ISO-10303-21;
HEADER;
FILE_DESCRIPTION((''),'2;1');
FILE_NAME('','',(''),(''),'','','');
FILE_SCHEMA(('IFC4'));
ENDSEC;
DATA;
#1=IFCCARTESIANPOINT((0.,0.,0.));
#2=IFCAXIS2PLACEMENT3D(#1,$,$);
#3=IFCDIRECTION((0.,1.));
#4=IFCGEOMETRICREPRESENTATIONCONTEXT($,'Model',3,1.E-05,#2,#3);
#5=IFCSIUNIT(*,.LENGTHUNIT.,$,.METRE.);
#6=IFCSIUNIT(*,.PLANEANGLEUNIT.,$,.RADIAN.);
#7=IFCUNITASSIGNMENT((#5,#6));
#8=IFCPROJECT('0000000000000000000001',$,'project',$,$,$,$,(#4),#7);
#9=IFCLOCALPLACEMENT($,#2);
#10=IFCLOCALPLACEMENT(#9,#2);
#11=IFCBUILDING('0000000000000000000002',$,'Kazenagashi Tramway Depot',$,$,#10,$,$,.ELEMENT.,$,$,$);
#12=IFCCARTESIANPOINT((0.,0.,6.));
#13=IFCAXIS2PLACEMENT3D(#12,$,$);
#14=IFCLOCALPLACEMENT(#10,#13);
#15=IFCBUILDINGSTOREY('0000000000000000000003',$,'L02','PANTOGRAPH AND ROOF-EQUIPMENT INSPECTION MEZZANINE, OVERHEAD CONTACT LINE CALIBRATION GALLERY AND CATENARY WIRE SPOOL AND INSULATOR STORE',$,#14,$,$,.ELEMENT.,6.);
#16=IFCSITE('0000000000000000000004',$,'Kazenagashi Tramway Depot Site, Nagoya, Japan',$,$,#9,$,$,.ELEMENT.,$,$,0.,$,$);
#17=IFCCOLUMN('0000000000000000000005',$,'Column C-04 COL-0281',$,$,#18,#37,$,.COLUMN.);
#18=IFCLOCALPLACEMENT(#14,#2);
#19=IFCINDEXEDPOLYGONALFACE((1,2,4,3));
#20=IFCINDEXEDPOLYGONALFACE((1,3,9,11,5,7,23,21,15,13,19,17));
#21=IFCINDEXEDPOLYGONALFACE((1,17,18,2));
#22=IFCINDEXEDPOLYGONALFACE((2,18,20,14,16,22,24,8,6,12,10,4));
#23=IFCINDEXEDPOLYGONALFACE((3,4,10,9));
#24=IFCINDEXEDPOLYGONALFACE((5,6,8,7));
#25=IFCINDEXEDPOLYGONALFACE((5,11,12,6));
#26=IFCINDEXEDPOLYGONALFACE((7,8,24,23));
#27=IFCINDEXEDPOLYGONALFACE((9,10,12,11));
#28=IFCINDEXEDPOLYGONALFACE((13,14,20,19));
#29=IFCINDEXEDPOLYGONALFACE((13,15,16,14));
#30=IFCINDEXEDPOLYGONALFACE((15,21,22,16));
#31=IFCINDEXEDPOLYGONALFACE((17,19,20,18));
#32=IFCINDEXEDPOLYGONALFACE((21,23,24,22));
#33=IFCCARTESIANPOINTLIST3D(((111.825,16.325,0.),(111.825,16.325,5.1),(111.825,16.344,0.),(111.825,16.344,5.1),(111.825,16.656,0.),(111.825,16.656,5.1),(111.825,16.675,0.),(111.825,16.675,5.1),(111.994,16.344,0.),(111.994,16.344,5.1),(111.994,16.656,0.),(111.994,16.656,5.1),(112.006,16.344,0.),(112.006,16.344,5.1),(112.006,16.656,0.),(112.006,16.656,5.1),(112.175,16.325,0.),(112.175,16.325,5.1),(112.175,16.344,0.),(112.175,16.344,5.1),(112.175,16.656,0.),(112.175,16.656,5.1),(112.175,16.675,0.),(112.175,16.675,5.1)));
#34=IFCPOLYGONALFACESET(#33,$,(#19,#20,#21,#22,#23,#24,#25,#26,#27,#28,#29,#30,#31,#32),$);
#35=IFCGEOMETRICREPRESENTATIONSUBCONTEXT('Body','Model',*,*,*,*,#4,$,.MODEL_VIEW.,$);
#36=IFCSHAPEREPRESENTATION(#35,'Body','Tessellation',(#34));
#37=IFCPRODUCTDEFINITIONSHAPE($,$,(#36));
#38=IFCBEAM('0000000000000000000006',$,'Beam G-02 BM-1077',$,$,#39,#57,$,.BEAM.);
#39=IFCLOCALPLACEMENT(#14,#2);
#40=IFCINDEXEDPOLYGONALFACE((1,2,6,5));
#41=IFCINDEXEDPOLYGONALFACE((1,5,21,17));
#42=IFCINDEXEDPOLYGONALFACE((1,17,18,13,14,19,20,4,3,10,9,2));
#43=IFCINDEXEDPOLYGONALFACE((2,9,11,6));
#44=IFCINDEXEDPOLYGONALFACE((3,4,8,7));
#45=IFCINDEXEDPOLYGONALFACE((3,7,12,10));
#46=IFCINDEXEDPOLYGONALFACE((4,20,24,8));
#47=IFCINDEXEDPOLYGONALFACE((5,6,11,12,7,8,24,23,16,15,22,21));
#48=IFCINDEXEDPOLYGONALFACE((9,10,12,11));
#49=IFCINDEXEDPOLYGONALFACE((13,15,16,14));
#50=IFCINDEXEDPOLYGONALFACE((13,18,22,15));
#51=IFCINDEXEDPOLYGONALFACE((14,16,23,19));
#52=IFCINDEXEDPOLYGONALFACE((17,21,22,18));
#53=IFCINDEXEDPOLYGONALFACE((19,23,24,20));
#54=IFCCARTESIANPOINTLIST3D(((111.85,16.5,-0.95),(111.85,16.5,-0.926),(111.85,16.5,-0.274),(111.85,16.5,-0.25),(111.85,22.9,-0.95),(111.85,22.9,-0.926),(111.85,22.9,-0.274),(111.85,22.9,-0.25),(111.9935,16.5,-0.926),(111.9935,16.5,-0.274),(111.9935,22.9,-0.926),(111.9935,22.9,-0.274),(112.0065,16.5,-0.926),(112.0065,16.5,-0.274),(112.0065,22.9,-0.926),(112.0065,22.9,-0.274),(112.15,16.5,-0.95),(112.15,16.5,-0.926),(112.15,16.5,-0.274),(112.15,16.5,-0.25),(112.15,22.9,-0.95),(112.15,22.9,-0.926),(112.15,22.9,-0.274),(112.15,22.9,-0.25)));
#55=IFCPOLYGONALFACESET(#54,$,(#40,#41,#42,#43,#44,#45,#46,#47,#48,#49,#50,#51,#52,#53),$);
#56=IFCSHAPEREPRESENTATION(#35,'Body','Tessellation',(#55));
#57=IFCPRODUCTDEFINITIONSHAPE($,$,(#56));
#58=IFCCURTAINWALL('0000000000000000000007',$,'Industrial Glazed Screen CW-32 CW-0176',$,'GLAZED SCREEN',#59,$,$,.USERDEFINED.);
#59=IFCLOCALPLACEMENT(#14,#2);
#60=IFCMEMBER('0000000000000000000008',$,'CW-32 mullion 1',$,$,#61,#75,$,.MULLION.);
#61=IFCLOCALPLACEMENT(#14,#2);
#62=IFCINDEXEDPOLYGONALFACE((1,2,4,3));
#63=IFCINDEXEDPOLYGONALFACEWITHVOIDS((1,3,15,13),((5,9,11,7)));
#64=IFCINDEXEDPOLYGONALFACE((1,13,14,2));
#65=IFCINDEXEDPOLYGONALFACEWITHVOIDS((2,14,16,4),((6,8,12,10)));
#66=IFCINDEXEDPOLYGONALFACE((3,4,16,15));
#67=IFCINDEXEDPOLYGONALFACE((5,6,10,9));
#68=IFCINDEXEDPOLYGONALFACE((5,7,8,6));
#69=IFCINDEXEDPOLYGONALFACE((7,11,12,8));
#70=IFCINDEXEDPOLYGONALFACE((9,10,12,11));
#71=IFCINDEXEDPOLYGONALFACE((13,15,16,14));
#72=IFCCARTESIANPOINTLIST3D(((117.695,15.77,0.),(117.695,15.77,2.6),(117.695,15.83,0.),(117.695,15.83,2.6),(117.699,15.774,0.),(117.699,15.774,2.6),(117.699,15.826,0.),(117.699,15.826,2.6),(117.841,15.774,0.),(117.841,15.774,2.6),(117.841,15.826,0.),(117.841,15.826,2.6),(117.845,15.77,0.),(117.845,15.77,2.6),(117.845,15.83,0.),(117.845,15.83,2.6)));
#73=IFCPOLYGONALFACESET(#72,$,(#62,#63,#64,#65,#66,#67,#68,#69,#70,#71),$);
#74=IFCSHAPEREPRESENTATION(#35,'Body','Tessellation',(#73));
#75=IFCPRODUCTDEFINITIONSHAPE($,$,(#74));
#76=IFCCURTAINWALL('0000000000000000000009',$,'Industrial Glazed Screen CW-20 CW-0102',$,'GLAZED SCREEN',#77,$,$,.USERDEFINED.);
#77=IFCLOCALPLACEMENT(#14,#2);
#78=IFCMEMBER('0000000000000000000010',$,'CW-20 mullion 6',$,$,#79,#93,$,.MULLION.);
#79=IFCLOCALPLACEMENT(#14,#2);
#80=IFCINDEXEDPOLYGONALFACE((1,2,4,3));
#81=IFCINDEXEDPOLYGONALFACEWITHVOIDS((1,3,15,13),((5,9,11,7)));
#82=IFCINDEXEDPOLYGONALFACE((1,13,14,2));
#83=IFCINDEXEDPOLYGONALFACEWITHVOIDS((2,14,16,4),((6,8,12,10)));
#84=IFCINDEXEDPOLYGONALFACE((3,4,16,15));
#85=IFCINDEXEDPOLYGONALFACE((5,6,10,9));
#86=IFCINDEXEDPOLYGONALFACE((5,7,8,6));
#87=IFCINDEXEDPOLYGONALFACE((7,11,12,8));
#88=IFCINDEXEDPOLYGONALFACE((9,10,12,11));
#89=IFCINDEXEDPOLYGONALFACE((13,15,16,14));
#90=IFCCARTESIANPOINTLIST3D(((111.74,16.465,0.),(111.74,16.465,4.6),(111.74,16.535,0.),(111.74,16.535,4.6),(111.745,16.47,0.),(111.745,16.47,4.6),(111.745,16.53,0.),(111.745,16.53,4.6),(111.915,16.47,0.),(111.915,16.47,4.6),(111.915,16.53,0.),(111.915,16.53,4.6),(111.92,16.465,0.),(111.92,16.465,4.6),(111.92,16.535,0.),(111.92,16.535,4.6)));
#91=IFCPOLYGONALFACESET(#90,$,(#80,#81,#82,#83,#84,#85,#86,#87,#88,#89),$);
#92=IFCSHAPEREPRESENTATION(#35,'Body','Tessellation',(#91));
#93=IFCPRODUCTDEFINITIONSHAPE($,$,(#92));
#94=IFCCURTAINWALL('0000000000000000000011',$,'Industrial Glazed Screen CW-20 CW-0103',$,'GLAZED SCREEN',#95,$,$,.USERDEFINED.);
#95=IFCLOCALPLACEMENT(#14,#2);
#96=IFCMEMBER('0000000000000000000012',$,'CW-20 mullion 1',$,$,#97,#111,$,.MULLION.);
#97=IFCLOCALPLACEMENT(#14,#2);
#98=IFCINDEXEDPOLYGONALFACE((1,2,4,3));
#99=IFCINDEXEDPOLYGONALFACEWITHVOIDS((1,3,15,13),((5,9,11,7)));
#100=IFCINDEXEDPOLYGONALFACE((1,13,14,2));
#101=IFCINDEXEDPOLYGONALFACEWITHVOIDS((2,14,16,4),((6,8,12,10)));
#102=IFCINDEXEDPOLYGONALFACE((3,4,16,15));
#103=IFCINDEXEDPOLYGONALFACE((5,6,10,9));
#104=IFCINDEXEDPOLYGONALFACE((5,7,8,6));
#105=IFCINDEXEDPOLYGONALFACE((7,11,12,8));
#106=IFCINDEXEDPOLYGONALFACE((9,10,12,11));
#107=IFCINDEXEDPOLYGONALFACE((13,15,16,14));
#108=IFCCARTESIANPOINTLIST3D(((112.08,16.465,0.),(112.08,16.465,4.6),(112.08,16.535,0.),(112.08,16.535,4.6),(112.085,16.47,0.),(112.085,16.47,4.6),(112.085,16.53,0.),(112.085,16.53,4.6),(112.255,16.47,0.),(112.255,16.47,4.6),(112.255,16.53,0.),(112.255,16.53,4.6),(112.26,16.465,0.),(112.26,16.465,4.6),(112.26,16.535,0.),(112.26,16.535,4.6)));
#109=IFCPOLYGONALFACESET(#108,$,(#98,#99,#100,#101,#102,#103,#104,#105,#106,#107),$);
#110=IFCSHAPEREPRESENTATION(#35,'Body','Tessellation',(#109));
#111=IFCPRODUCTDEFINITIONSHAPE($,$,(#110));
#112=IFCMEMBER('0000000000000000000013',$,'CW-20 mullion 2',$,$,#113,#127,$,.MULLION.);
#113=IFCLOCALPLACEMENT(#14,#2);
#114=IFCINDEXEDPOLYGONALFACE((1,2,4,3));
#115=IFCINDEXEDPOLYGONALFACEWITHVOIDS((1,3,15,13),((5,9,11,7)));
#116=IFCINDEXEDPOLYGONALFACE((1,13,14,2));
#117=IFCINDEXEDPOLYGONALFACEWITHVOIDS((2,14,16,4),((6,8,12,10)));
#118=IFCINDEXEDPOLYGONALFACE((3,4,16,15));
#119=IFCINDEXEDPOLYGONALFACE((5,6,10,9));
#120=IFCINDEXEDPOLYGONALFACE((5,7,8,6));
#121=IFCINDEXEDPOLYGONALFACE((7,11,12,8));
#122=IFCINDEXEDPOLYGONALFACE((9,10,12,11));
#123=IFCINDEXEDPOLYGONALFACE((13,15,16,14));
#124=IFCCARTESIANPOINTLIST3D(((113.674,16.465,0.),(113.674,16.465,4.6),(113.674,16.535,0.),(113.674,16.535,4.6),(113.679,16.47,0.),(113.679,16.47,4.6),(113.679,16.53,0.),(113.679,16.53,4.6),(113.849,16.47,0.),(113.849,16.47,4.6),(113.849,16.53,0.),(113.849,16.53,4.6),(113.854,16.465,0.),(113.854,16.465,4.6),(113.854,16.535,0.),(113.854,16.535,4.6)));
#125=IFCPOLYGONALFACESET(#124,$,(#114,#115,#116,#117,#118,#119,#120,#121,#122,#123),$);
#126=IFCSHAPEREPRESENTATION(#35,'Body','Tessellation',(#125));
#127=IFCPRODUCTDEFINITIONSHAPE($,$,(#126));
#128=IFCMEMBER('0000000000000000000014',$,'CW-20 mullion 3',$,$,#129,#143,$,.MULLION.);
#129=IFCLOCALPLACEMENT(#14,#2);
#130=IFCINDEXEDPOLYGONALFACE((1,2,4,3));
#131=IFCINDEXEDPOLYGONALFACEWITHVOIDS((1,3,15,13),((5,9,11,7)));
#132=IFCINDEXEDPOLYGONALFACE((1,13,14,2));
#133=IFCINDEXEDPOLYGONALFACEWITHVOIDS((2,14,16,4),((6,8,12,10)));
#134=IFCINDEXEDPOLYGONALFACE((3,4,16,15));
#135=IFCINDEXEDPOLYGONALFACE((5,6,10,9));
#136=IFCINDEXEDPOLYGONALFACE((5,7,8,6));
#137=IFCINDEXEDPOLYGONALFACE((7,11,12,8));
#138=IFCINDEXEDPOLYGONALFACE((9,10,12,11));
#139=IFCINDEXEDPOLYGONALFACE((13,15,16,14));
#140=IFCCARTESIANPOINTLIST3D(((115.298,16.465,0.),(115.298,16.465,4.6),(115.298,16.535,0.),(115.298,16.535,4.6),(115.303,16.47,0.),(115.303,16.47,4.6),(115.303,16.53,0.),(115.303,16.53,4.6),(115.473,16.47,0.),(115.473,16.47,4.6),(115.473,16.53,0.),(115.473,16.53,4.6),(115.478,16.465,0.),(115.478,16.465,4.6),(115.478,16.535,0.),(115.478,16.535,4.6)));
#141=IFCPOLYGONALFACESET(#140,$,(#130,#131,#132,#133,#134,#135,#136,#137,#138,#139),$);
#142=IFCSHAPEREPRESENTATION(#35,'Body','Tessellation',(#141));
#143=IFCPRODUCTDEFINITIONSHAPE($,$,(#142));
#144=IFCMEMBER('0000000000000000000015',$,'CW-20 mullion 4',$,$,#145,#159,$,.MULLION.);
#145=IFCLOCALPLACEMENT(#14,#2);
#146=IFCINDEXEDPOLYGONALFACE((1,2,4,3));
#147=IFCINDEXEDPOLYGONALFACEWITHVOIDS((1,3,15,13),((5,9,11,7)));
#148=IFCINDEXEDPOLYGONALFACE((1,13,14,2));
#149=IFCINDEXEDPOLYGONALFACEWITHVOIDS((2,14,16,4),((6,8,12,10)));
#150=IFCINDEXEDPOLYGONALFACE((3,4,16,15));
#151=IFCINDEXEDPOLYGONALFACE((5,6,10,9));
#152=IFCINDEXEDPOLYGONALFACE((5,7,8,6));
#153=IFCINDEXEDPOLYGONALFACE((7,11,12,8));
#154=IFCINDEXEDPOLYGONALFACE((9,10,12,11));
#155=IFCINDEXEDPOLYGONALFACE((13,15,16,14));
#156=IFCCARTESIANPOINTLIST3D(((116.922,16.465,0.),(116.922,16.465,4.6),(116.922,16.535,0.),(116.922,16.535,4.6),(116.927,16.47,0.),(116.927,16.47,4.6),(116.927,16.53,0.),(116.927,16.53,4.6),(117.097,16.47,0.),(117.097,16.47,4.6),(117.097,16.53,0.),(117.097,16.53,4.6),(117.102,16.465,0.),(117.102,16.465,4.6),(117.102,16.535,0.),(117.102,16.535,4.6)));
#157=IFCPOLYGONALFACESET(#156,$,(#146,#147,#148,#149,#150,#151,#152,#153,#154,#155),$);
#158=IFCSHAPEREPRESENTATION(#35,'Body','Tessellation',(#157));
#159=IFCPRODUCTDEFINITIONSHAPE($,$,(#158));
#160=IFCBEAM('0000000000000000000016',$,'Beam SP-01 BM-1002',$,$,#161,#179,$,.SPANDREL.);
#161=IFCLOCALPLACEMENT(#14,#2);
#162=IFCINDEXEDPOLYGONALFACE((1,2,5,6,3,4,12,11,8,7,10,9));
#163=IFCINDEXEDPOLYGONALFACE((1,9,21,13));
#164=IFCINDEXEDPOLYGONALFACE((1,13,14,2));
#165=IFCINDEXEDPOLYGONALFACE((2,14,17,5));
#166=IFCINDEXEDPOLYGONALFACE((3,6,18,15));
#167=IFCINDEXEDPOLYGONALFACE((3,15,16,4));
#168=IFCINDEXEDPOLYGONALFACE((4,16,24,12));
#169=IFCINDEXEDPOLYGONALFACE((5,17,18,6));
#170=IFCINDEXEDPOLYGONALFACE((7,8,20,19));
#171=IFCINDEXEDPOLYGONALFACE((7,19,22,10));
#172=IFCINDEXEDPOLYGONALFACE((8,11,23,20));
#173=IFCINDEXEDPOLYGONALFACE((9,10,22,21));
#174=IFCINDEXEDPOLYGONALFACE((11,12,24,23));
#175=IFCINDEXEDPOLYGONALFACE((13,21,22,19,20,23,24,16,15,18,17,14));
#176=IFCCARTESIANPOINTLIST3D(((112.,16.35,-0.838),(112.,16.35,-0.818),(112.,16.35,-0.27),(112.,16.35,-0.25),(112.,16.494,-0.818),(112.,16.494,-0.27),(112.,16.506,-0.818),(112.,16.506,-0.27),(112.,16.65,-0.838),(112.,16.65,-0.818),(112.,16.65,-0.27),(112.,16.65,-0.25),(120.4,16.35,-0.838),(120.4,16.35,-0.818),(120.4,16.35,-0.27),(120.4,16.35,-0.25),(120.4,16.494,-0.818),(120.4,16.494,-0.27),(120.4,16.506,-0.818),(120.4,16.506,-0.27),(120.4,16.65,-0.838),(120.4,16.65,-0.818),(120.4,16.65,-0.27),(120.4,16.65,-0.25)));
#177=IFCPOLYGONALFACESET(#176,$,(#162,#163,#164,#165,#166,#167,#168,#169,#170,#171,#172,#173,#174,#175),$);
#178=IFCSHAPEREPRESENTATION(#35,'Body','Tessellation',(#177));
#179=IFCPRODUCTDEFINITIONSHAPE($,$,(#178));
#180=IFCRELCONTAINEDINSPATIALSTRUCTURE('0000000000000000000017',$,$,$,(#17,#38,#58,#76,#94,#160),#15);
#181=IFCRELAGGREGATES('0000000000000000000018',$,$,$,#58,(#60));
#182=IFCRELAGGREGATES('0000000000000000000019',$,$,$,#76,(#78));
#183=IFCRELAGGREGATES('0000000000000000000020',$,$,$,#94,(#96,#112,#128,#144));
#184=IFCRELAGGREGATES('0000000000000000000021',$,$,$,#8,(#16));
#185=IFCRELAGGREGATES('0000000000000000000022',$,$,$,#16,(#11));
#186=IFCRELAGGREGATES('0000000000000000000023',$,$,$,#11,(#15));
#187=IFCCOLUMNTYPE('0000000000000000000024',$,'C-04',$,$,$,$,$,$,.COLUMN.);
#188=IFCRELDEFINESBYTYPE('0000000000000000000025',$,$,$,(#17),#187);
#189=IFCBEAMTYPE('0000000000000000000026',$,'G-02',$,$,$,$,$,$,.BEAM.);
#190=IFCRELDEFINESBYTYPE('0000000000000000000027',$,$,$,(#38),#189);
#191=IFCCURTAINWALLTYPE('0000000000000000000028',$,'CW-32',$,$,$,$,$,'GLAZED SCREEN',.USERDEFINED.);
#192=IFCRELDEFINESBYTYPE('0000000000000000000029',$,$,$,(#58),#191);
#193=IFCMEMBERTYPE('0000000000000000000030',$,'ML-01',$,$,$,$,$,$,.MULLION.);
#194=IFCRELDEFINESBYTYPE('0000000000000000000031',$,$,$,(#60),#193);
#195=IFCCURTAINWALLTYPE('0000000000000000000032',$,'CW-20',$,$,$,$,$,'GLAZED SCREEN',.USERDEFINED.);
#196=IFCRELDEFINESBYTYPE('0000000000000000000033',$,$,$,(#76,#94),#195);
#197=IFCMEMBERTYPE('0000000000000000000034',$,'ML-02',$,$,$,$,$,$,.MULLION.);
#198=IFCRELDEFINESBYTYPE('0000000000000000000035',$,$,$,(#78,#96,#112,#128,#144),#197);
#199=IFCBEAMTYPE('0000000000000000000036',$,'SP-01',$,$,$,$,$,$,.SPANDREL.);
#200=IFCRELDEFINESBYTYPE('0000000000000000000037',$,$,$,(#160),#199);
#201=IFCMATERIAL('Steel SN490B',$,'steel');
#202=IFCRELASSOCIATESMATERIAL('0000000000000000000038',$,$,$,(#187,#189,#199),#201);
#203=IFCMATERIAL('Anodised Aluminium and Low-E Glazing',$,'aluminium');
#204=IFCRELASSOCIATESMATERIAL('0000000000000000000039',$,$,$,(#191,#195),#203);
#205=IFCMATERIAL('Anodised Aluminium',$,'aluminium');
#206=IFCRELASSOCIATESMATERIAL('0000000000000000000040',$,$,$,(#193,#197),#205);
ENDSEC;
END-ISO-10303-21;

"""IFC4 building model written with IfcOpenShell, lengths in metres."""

from ifc_helpers import new_model, si_unit, direction, frame, origin, origin_2d, place, context, subcontext, project, spatial, hollow_rectangle, i_section, extrude, material, material_profile, profile_set, type_object, element, aggregate, save


model = new_model("IFC4")

# Units and contexts
model_context = context("Model", 3, precision=1e-05, world=origin(), true_north=direction((0.0, 1.0)))
body_context = subcontext(model_context, "Body", "Model", "MODEL_VIEW")
ifc_project = project(units=[si_unit("LENGTHUNIT", "METRE"), si_unit("PLANEANGLEUNIT", "RADIAN")], contexts=[model_context])

# Site, building, storey
site_placement = place(None, origin())
site = spatial("IfcSite", under=ifc_project, at=site_placement, Name="Kazenagashi Tramway Depot Site, Nagoya, Japan", CompositionType="ELEMENT", RefElevation=0.0)
building_placement = place(site_placement, origin())
building = spatial("IfcBuilding", under=site, at=building_placement, Name="Kazenagashi Tramway Depot", CompositionType="ELEMENT")
storey_placement = place(building_placement, frame((0.0, 0.0, 6.0)))
storey = spatial("IfcBuildingStorey", under=building, at=storey_placement, Name="L02", Description="PANTOGRAPH AND ROOF-EQUIPMENT INSPECTION MEZZANINE, OVERHEAD CONTACT LINE CALIBRATION GALLERY AND CATENARY WIRE SPOOL AND INSULATOR STORE", CompositionType="ELEMENT", Elevation=6.0)

# Column
ifc_material_1 = material(Name="Steel SN490B", Category="steel")
ifc_material_profile_1 = material_profile(ifc_material_1, i_section(OverallWidth=0.35, OverallDepth=0.35, WebThickness=0.012, FlangeThickness=0.019, at=origin_2d()), Name="H-350x350x12x19")
ifc_profile_set_1 = profile_set([ifc_material_profile_1], Name="Steel SN490B")
column_type = type_object("IfcColumnType", Name="C-04", PredefinedType="COLUMN", material=ifc_profile_set_1)
column_placement = place(storey_placement, frame((112.0, 16.5, 0.0), z_axis=(0.0, 0.0, 1.0), x_axis=(1.0, 0.0, 0.0)))
element("IfcColumn", 1, at=column_placement, inside=storey, type_object=column_type, Name="Column C-04 COL-0281", PredefinedType="COLUMN", context=body_context, shape_type="SweptSolid", body=[
    extrude(i_section(OverallWidth=0.35, OverallDepth=0.35, WebThickness=0.012, FlangeThickness=0.019, at=origin_2d()), origin(), (0.0, 0.0, 1.0), 5.1),
])

# Beam
ifc_material_profile_2 = material_profile(ifc_material_1, i_section(OverallWidth=0.3, OverallDepth=0.7, WebThickness=0.013, FlangeThickness=0.024, at=origin_2d()), Name="H-700x300x13x24")
ifc_profile_set_2 = profile_set([ifc_material_profile_2], Name="Steel SN490B")
beam_type_1 = type_object("IfcBeamType", Name="G-02", PredefinedType="BEAM", material=ifc_profile_set_2)
beam_1_placement = place(storey_placement, frame((112.0, 16.5, -0.6), z_axis=(0.0, 1.0, 0.0), x_axis=(-1.0, 0.0, 0.0)))
element("IfcBeam", 2, at=beam_1_placement, inside=storey, type_object=beam_type_1, Name="Beam G-02 BM-1077", PredefinedType="BEAM", context=body_context, shape_type="SweptSolid", body=[
    extrude(i_section(OverallWidth=0.3, OverallDepth=0.7, WebThickness=0.013, FlangeThickness=0.024, at=origin_2d()), origin(), (0.0, 0.0, 1.0), 6.4),
])

# Curtain walls, members
ifc_material_2 = material(Name="Anodised Aluminium and Low-E Glazing", Category="aluminium")
curtain_wall_type_1 = type_object("IfcCurtainWallType", Name="CW-32", ElementType="GLAZED SCREEN", PredefinedType="USERDEFINED", material=ifc_material_2)
curtain_wall_1_placement = place(storey_placement, origin())
curtain_wall_1 = element("IfcCurtainWall", 3, at=curtain_wall_1_placement, inside=storey, type_object=curtain_wall_type_1, Name="Industrial Glazed Screen CW-32 CW-0176", ObjectType="GLAZED SCREEN", PredefinedType="USERDEFINED")
ifc_material_3 = material(Name="Anodised Aluminium", Category="aluminium")
ifc_material_profile_3 = material_profile(ifc_material_3, hollow_rectangle(XDim=0.06, YDim=0.15, WallThickness=0.004, at=origin_2d()), Name="RHS-150x60x4")
ifc_profile_set_3 = profile_set([ifc_material_profile_3], Name="Anodised Aluminium")
member_type_1 = type_object("IfcMemberType", Name="ML-01", PredefinedType="MULLION", material=ifc_profile_set_3)
member_1_placement = place(storey_placement, frame((117.77, 15.8, 0.0), z_axis=(0.0, 0.0, 1.0), x_axis=(0.0, 1.0, 0.0)))
member_1 = element("IfcMember", 4, at=member_1_placement, type_object=member_type_1, Name="CW-32 mullion 1", PredefinedType="MULLION", context=body_context, shape_type="SweptSolid", body=[
    extrude(hollow_rectangle(XDim=0.06, YDim=0.15, WallThickness=0.004, at=origin_2d()), origin(), (0.0, 0.0, 1.0), 2.6),
])
curtain_wall_type_2 = type_object("IfcCurtainWallType", Name="CW-20", ElementType="GLAZED SCREEN", PredefinedType="USERDEFINED", material=ifc_material_2)
curtain_wall_2_placement = place(storey_placement, origin())
curtain_wall_2 = element("IfcCurtainWall", 5, at=curtain_wall_2_placement, inside=storey, type_object=curtain_wall_type_2, Name="Industrial Glazed Screen CW-20 CW-0102", ObjectType="GLAZED SCREEN", PredefinedType="USERDEFINED")
ifc_material_profile_4 = material_profile(ifc_material_3, hollow_rectangle(XDim=0.07, YDim=0.18, WallThickness=0.005, at=origin_2d()), Name="RHS-180x70x5")
ifc_profile_set_4 = profile_set([ifc_material_profile_4], Name="Anodised Aluminium")
member_type_2 = type_object("IfcMemberType", Name="ML-02", PredefinedType="MULLION", material=ifc_profile_set_4)
member_2_placement = place(storey_placement, frame((111.83, 16.5, 0.0), z_axis=(0.0, 0.0, 1.0), x_axis=(0.0, 1.0, 0.0)))
member_2 = element("IfcMember", 6, at=member_2_placement, type_object=member_type_2, Name="CW-20 mullion 6", PredefinedType="MULLION", context=body_context, shape_type="SweptSolid", body=[
    extrude(hollow_rectangle(XDim=0.07, YDim=0.18, WallThickness=0.005, at=origin_2d()), origin(), (0.0, 0.0, 1.0), 4.6),
])

# Curtain wall, members
curtain_wall_3_placement = place(storey_placement, origin())
curtain_wall_3 = element("IfcCurtainWall", 7, at=curtain_wall_3_placement, inside=storey, type_object=curtain_wall_type_2, Name="Industrial Glazed Screen CW-20 CW-0103", ObjectType="GLAZED SCREEN", PredefinedType="USERDEFINED")
member_3_placement = place(storey_placement, frame((112.17, 16.5, 0.0), z_axis=(0.0, 0.0, 1.0), x_axis=(0.0, 1.0, 0.0)))
member_3 = element("IfcMember", 8, at=member_3_placement, type_object=member_type_2, Name="CW-20 mullion 1", PredefinedType="MULLION", context=body_context, shape_type="SweptSolid", body=[
    extrude(hollow_rectangle(XDim=0.07, YDim=0.18, WallThickness=0.005, at=origin_2d()), origin(), (0.0, 0.0, 1.0), 4.6),
])
member_4_placement = place(storey_placement, frame((113.764, 16.5, 0.0), z_axis=(0.0, 0.0, 1.0), x_axis=(0.0, 1.0, 0.0)))
member_4 = element("IfcMember", 9, at=member_4_placement, type_object=member_type_2, Name="CW-20 mullion 2", PredefinedType="MULLION", context=body_context, shape_type="SweptSolid", body=[
    extrude(hollow_rectangle(XDim=0.07, YDim=0.18, WallThickness=0.005, at=origin_2d()), origin(), (0.0, 0.0, 1.0), 4.6),
])
member_5_placement = place(storey_placement, frame((115.388, 16.5, 0.0), z_axis=(0.0, 0.0, 1.0), x_axis=(0.0, 1.0, 0.0)))
member_5 = element("IfcMember", 10, at=member_5_placement, type_object=member_type_2, Name="CW-20 mullion 3", PredefinedType="MULLION", context=body_context, shape_type="SweptSolid", body=[
    extrude(hollow_rectangle(XDim=0.07, YDim=0.18, WallThickness=0.005, at=origin_2d()), origin(), (0.0, 0.0, 1.0), 4.6),
])
member_6_placement = place(storey_placement, frame((117.012, 16.5, 0.0), z_axis=(0.0, 0.0, 1.0), x_axis=(0.0, 1.0, 0.0)))
member_6 = element("IfcMember", 11, at=member_6_placement, type_object=member_type_2, Name="CW-20 mullion 4", PredefinedType="MULLION", context=body_context, shape_type="SweptSolid", body=[
    extrude(hollow_rectangle(XDim=0.07, YDim=0.18, WallThickness=0.005, at=origin_2d()), origin(), (0.0, 0.0, 1.0), 4.6),
])

# Beam
ifc_material_profile_5 = material_profile(ifc_material_1, i_section(OverallWidth=0.3, OverallDepth=0.588, WebThickness=0.012, FlangeThickness=0.02, at=origin_2d()), Name="H-588x300x12x20")
ifc_profile_set_5 = profile_set([ifc_material_profile_5], Name="Steel SN490B")
beam_type_2 = type_object("IfcBeamType", Name="SP-01", PredefinedType="SPANDREL", material=ifc_profile_set_5)
beam_2_placement = place(storey_placement, frame((112.0, 16.5, -0.544), z_axis=(1.0, 0.0, 0.0), x_axis=(0.0, 1.0, 0.0)))
element("IfcBeam", 12, at=beam_2_placement, inside=storey, type_object=beam_type_2, Name="Beam SP-01 BM-1002", PredefinedType="SPANDREL", context=body_context, shape_type="SweptSolid", body=[
    extrude(i_section(OverallWidth=0.3, OverallDepth=0.588, WebThickness=0.012, FlangeThickness=0.02, at=origin_2d()), origin(), (0.0, 0.0, 1.0), 8.4),
])

aggregate(curtain_wall_1, [member_1])

aggregate(curtain_wall_2, [member_2])
aggregate(curtain_wall_3, [member_3, member_4, member_5, member_6])

save(model, "model.ifc")
